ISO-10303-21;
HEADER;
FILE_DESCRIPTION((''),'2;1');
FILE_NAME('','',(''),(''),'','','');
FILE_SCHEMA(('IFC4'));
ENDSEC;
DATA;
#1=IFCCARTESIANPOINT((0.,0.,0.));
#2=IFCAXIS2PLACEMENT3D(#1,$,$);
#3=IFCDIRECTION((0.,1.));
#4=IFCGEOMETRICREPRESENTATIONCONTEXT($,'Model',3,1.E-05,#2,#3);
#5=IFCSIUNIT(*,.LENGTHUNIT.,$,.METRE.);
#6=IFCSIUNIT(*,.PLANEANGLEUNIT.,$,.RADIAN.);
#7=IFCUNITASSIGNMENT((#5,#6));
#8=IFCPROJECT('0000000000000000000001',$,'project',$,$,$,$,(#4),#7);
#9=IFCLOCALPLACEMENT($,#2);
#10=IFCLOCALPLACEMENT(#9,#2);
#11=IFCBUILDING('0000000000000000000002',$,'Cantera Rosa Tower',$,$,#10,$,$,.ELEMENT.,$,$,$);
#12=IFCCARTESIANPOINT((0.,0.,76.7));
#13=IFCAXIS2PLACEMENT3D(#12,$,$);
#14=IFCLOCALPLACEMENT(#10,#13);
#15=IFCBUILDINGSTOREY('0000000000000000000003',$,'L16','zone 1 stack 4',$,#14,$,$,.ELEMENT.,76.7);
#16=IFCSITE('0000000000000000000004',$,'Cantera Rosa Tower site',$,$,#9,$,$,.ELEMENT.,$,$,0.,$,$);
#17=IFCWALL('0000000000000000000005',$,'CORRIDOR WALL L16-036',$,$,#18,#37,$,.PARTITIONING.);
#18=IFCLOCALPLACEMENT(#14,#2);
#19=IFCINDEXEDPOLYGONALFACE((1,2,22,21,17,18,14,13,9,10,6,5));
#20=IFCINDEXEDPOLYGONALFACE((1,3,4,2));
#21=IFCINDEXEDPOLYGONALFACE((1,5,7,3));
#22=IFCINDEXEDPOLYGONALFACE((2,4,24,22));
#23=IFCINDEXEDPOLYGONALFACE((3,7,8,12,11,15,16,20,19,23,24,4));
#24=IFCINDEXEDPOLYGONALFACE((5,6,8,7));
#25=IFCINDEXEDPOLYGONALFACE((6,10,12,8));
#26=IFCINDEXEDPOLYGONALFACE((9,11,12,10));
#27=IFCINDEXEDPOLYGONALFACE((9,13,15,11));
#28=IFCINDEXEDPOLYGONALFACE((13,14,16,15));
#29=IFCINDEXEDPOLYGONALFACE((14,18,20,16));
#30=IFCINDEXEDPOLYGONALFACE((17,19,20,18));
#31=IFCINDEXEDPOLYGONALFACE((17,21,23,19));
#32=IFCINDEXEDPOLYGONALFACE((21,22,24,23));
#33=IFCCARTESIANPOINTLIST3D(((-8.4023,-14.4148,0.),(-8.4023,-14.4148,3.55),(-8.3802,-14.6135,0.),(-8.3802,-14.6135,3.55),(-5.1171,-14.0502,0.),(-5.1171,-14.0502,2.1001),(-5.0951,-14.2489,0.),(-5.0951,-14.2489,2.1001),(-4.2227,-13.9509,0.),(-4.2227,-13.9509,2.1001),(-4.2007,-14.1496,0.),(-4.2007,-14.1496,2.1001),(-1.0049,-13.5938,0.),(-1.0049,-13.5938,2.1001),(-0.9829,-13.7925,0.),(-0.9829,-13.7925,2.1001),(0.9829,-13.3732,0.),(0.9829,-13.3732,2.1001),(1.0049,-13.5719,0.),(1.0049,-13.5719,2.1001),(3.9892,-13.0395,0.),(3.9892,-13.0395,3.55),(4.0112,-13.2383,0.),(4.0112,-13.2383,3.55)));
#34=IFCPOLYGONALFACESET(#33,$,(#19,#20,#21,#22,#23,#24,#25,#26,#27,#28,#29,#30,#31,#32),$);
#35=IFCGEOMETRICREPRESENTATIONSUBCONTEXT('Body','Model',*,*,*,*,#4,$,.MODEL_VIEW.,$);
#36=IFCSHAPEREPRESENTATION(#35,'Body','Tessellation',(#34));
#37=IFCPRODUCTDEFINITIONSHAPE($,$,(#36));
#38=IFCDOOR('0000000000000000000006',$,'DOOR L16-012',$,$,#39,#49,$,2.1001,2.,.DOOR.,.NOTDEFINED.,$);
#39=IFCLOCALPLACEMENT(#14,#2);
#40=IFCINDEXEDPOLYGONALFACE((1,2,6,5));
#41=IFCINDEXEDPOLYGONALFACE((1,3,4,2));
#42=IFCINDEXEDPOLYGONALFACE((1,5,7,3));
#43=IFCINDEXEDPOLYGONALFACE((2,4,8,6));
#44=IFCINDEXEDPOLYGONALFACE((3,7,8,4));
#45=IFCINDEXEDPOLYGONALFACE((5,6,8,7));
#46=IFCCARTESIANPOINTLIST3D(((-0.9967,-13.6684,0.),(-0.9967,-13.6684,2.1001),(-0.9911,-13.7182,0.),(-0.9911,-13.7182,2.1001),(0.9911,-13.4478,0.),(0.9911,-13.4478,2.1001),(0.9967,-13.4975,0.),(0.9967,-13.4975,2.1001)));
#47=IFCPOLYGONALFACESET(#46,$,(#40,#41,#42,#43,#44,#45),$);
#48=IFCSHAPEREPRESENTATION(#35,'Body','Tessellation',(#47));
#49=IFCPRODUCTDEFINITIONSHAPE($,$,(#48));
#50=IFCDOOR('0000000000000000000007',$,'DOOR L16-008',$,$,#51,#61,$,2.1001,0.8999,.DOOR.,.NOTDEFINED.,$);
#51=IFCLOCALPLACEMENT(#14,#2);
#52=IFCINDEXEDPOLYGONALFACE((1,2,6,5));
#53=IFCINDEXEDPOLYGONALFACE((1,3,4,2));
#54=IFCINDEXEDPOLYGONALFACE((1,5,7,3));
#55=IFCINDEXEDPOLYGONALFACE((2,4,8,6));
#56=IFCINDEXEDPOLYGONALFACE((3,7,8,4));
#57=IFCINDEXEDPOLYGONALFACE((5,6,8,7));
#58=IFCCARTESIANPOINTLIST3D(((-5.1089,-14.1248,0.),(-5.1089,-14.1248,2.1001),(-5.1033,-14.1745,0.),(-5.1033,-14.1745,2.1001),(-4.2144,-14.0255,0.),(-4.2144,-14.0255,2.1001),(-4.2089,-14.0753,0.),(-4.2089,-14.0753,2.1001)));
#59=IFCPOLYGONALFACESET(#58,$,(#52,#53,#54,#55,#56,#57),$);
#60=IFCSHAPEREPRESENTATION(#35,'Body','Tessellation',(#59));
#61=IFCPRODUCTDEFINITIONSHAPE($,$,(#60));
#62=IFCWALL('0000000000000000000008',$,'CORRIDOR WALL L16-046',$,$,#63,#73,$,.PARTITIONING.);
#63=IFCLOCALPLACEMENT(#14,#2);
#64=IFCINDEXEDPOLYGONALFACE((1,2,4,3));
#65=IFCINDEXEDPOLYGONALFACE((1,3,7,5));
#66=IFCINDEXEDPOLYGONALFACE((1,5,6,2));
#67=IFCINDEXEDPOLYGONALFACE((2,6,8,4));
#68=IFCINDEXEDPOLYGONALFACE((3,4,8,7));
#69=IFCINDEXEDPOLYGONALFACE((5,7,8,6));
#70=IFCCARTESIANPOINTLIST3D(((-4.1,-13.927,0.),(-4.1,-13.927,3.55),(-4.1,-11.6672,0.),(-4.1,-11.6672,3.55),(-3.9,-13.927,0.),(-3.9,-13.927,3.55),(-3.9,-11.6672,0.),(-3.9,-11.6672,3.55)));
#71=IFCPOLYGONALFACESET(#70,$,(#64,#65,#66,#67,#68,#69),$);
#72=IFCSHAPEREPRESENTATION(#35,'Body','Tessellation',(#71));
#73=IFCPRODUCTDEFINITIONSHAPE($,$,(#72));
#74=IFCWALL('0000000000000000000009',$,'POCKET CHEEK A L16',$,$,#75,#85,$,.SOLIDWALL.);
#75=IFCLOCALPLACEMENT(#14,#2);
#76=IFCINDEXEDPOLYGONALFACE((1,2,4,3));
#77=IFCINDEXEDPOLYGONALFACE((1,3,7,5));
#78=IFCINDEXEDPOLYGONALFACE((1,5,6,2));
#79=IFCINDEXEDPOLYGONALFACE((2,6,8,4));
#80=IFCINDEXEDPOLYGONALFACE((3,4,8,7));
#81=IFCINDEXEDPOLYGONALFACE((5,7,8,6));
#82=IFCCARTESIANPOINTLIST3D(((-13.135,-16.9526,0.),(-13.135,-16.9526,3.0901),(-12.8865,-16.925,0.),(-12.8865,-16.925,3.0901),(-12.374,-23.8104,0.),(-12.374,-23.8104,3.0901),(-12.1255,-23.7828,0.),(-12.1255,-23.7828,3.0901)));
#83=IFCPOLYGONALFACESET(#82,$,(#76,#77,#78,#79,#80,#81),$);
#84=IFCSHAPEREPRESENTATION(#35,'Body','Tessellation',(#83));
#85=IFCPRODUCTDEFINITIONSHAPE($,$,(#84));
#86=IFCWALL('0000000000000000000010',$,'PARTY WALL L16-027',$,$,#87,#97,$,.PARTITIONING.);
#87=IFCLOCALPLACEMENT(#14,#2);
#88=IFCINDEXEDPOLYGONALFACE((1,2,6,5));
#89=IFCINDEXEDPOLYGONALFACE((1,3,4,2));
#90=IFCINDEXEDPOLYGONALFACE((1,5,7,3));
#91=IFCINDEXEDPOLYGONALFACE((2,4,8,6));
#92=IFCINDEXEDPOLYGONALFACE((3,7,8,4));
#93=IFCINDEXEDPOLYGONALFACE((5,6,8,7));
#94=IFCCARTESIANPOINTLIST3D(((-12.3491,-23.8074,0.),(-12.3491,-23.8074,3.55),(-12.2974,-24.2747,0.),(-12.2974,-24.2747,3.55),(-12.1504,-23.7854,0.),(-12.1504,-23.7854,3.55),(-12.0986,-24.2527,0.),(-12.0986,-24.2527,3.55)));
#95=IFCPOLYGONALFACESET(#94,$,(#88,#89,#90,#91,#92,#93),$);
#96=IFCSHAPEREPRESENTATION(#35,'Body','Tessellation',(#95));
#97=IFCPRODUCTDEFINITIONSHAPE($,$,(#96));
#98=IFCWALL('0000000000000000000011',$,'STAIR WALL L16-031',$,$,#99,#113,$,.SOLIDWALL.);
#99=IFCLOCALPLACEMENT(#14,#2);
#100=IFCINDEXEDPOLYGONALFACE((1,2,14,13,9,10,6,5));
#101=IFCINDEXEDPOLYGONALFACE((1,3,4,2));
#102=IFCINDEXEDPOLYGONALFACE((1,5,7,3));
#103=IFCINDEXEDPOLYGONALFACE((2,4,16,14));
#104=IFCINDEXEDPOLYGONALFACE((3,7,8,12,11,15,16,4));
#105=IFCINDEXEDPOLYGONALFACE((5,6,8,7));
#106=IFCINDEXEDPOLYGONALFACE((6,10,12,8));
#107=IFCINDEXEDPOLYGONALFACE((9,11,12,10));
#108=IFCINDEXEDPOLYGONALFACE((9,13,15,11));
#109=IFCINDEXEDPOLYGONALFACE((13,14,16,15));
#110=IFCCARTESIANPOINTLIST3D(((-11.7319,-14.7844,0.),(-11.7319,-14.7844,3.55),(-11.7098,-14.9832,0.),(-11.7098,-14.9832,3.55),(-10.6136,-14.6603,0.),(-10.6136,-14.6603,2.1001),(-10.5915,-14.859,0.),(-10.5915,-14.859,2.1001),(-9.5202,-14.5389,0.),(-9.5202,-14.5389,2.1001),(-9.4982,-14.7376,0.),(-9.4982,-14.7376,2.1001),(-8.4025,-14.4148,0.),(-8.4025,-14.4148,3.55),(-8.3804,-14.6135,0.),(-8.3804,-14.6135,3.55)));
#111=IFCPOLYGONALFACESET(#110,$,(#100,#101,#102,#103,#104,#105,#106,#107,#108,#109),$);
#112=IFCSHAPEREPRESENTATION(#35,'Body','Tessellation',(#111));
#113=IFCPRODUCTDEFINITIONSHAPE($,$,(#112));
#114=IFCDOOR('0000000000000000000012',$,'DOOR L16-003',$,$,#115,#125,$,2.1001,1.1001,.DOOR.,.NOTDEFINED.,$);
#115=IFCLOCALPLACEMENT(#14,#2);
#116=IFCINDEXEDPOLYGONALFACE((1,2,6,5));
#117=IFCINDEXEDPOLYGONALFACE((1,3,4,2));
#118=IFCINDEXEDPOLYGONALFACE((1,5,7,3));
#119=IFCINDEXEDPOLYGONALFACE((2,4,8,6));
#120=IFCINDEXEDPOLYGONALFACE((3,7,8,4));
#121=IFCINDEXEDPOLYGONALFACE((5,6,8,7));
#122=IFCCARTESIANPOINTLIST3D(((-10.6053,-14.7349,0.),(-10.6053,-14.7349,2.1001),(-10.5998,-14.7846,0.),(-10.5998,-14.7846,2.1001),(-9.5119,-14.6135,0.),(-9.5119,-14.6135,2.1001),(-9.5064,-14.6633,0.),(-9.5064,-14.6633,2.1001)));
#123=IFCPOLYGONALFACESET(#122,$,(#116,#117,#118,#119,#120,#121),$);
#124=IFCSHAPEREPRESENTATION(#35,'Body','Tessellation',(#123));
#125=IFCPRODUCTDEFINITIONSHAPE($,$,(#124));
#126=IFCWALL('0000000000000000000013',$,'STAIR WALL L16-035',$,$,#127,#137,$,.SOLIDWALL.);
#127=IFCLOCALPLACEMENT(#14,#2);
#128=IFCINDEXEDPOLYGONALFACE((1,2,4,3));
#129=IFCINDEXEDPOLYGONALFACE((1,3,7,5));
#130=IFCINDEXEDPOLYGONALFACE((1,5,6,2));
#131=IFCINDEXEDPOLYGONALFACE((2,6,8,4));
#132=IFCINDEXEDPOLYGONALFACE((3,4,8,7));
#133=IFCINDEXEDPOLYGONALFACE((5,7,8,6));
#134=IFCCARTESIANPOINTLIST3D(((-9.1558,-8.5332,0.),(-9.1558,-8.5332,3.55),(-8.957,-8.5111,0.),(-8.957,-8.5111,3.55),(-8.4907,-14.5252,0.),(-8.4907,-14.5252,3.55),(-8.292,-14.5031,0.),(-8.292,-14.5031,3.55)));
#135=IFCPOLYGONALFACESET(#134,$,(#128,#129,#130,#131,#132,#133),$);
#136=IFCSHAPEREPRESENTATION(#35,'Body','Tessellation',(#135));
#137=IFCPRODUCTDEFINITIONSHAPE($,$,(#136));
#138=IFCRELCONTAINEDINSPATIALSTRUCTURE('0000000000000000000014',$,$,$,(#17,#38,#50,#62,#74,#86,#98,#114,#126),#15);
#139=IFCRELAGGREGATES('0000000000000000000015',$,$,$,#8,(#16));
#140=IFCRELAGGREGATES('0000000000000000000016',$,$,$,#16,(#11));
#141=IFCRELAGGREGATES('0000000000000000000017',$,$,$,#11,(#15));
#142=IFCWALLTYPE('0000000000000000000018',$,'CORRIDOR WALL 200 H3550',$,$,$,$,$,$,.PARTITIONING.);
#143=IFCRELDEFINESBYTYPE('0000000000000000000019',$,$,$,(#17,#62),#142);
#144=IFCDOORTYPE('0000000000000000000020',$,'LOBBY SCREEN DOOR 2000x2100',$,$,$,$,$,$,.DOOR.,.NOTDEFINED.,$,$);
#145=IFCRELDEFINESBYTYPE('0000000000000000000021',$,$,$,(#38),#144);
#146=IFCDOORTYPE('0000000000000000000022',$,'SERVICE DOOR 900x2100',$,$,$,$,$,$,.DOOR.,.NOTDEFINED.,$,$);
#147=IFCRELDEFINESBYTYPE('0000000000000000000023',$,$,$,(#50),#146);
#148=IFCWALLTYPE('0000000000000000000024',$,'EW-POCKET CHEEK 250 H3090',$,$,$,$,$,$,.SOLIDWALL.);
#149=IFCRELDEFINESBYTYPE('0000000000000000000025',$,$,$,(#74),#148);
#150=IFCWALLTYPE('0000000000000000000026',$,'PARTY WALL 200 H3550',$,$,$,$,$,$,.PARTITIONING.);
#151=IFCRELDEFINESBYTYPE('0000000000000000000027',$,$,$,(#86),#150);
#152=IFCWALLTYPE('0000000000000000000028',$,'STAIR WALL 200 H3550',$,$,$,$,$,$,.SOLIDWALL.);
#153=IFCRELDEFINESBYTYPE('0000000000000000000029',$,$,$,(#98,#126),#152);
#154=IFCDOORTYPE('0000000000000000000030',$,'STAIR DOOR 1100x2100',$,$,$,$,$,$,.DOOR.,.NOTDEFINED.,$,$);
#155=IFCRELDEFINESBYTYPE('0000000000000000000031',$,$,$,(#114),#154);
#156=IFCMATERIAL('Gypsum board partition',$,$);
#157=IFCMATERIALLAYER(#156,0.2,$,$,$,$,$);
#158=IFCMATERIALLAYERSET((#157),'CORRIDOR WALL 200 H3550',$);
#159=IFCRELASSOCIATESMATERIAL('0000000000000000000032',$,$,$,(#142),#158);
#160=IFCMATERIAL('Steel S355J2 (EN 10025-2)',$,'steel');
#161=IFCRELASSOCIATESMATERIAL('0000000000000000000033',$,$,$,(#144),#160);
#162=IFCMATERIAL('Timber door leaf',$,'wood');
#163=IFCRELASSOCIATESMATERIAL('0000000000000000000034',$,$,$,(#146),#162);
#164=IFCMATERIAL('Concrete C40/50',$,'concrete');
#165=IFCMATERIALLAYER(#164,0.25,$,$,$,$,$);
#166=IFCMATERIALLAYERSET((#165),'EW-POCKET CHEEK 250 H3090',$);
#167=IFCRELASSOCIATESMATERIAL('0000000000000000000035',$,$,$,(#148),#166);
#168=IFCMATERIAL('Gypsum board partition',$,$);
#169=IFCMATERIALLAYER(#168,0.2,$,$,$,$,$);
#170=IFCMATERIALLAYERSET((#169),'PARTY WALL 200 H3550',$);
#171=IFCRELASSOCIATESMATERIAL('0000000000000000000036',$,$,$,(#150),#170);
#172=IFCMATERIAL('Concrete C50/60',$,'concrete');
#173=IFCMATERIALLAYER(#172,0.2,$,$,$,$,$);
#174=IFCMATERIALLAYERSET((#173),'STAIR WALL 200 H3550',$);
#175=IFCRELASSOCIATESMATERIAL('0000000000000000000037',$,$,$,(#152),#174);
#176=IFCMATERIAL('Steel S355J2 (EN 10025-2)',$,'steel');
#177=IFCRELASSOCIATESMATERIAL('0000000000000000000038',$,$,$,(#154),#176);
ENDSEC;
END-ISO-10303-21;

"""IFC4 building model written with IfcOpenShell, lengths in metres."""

from ifc_helpers import new_model, si_unit, direction, frame, frame_2d, origin, place, context, subcontext, project, spatial, rectangle, extrude, material, layer, layer_set, type_object, element, fill, save


model = new_model("IFC4")

# Units and contexts
model_context = context("Model", 3, precision=1e-05, world=origin(), true_north=direction((0.0, 1.0)))
body_context = subcontext(model_context, "Body", "Model", "MODEL_VIEW")
ifc_project = project(units=[si_unit("LENGTHUNIT", "METRE"), si_unit("PLANEANGLEUNIT", "RADIAN")], contexts=[model_context])

# Site, building, storey
site_placement = place(None, origin())
site = spatial("IfcSite", under=ifc_project, at=site_placement, Name="Cantera Rosa Tower site", CompositionType="ELEMENT", RefElevation=0.0)
building_placement = place(site_placement, origin())
building = spatial("IfcBuilding", under=site, at=building_placement, Name="Cantera Rosa Tower", CompositionType="ELEMENT")
storey_placement = place(building_placement, frame((0.0, 0.0, 76.7)))
storey = spatial("IfcBuildingStorey", under=building, at=storey_placement, Name="L16", Description="zone 1 stack 4", CompositionType="ELEMENT", Elevation=76.7)

# Wall, openings, doors
ifc_material_1 = material(Name="Gypsum board partition")
ifc_layer_1 = layer(ifc_material_1, 0.2)
ifc_layer_set_1 = layer_set([ifc_layer_1], Name="CORRIDOR WALL 200 H3550")
wall_type_1 = type_object("IfcWallType", Name="CORRIDOR WALL 200 H3550", PredefinedType="PARTITIONING", material=ifc_layer_set_1)
wall_1_placement = place(storey_placement, frame((-8.3914, -14.5142, 0.0), z_axis=(0.0, 0.0, 1.0), x_axis=(0.993898, 0.110307, 0.0)))
wall_1 = element("IfcWall", 1, at=wall_1_placement, inside=storey, type_object=wall_type_1, Name="CORRIDOR WALL L16-036", PredefinedType="PARTITIONING", context=body_context, shape_type="SweptSolid", body=[
    extrude(rectangle(XDim=12.4675, YDim=0.2, at=frame_2d((6.2339, 0.0))), origin(), (0.0, 0.0, 1.0), 3.55),
])
opening_1_placement = place(wall_1_placement, frame((3.3054, 0.0, 0.0)))
opening_1 = element("IfcOpeningElement", 2, at=opening_1_placement, cuts=wall_1, PredefinedType="OPENING", context=body_context, shape_type="SweptSolid", body=[
    extrude(rectangle(XDim=0.8999, YDim=2.1001, at=frame_2d((0.45, 1.05))), frame((0.0, 0.1099, 0.0), z_axis=(0.0, -1.0, 0.0), x_axis=(1.0, 0.0, 0.0)), (0.0, 0.0, 1.0), 0.22),
])
opening_2_placement = place(wall_1_placement, frame((7.4429, 0.0, 0.0)))
opening_2 = element("IfcOpeningElement", 3, at=opening_2_placement, cuts=wall_1, PredefinedType="OPENING", context=body_context, shape_type="SweptSolid", body=[
    extrude(rectangle(XDim=2.0, YDim=2.1001, at=frame_2d((1.0, 1.05))), frame((0.0, 0.1099, 0.0), z_axis=(0.0, -1.0, 0.0), x_axis=(1.0, 0.0, 0.0)), (0.0, 0.0, 1.0), 0.22),
])
ifc_material_2 = material(Name="Steel S355J2 (EN 10025-2)", Category="steel")
door_type_1 = type_object("IfcDoorType", Name="LOBBY SCREEN DOOR 2000x2100", OperationType="NOTDEFINED", PredefinedType="DOOR", material=ifc_material_2)
door_1_placement = place(opening_2_placement, origin())
door_1 = element("IfcDoor", 4, at=door_1_placement, inside=storey, type_object=door_type_1, Name="DOOR L16-012", OperationType="NOTDEFINED", OverallHeight=2.1001, OverallWidth=2.0, PredefinedType="DOOR", context=body_context, shape_type="SweptSolid", body=[
    extrude(rectangle(XDim=2.0, YDim=2.1001, at=frame_2d((1.0, 1.05))), frame((0.0, 0.0249, 0.0), z_axis=(0.0, -1.0, 0.0), x_axis=(1.0, 0.0, 0.0)), (0.0, 0.0, 1.0), 0.05),
])
fill(opening_2, door_1)
ifc_material_3 = material(Name="Timber door leaf", Category="wood")
door_type_2 = type_object("IfcDoorType", Name="SERVICE DOOR 900x2100", OperationType="NOTDEFINED", PredefinedType="DOOR", material=ifc_material_3)
door_2_placement = place(opening_1_placement, origin())
door_2 = element("IfcDoor", 5, at=door_2_placement, inside=storey, type_object=door_type_2, Name="DOOR L16-008", OperationType="NOTDEFINED", OverallHeight=2.1001, OverallWidth=0.8999, PredefinedType="DOOR", context=body_context, shape_type="SweptSolid", body=[
    extrude(rectangle(XDim=0.8999, YDim=2.1001, at=frame_2d((0.45, 1.05))), frame((0.0, 0.0249, 0.0), z_axis=(0.0, -1.0, 0.0), x_axis=(1.0, 0.0, 0.0)), (0.0, 0.0, 1.0), 0.05),
])
fill(opening_1, door_2)

# Walls
wall_2_placement = place(storey_placement, frame((-4.0, -11.6672, 0.0), z_axis=(0.0, 0.0, 1.0), x_axis=(0.0, -1.0, 0.0)))
element("IfcWall", 6, at=wall_2_placement, inside=storey, type_object=wall_type_1, Name="CORRIDOR WALL L16-046", PredefinedType="PARTITIONING", context=body_context, shape_type="SweptSolid", body=[
    extrude(rectangle(XDim=2.2598, YDim=0.2, at=frame_2d((1.1299, 0.0))), origin(), (0.0, 0.0, 1.0), 3.55),
])
ifc_material_4 = material(Name="Concrete C40/50", Category="concrete")
ifc_layer_2 = layer(ifc_material_4, 0.25)
ifc_layer_set_2 = layer_set([ifc_layer_2], Name="EW-POCKET CHEEK 250 H3090")
wall_type_2 = type_object("IfcWallType", Name="EW-POCKET CHEEK 250 H3090", PredefinedType="SOLIDWALL", material=ifc_layer_set_2)
wall_3_placement = place(storey_placement, frame((-12.2498, -23.7966, 0.0), z_axis=(0.0, 0.0, 1.0), x_axis=(-0.110288, 0.9939, 0.0)))
element("IfcWall", 7, at=wall_3_placement, inside=storey, type_object=wall_type_2, Name="POCKET CHEEK A L16", PredefinedType="SOLIDWALL", context=body_context, shape_type="SweptSolid", body=[
    extrude(rectangle(XDim=6.8999, YDim=0.25, at=frame_2d((3.45, 0.0))), origin(), (0.0, 0.0, 1.0), 3.0901),
])
ifc_material_5 = material(Name="Gypsum board partition")
ifc_layer_3 = layer(ifc_material_5, 0.2)
ifc_layer_set_3 = layer_set([ifc_layer_3], Name="PARTY WALL 200 H3550")
wall_type_3 = type_object("IfcWallType", Name="PARTY WALL 200 H3550", PredefinedType="PARTITIONING", material=ifc_layer_set_3)
wall_4_placement = place(storey_placement, frame((-12.2498, -23.7964, 0.0), z_axis=(0.0, 0.0, 1.0), x_axis=(0.11009, -0.993922, 0.0)))
element("IfcWall", 8, at=wall_4_placement, inside=storey, type_object=wall_type_3, Name="PARTY WALL L16-027", PredefinedType="PARTITIONING", context=body_context, shape_type="SweptSolid", body=[
    extrude(rectangle(XDim=0.4702, YDim=0.2, at=frame_2d((0.2351, 0.0))), origin(), (0.0, 0.0, 1.0), 3.55),
])

# Wall, opening, door
ifc_material_6 = material(Name="Concrete C50/60", Category="concrete")
ifc_layer_4 = layer(ifc_material_6, 0.2)
ifc_layer_set_4 = layer_set([ifc_layer_4], Name="STAIR WALL 200 H3550")
wall_type_4 = type_object("IfcWallType", Name="STAIR WALL 200 H3550", PredefinedType="SOLIDWALL", material=ifc_layer_set_4)
wall_5_placement = place(storey_placement, frame((-11.7207, -14.8838, 0.0), z_axis=(0.0, 0.0, 1.0), x_axis=(0.993894, 0.110344, 0.0)))
wall_5 = element("IfcWall", 9, at=wall_5_placement, inside=storey, type_object=wall_type_4, Name="STAIR WALL L16-031", PredefinedType="SOLIDWALL", context=body_context, shape_type="SweptSolid", body=[
    extrude(rectangle(XDim=3.3499, YDim=0.2, at=frame_2d((1.6748, 0.0))), origin(), (0.0, 0.0, 1.0), 3.55),
])
opening_3_placement = place(wall_5_placement, frame((1.125, 0.0, 0.0)))
opening_3 = element("IfcOpeningElement", 10, at=opening_3_placement, cuts=wall_5, PredefinedType="OPENING", context=body_context, shape_type="SweptSolid", body=[
    extrude(rectangle(XDim=1.1001, YDim=2.1001, at=frame_2d((0.55, 1.05))), frame((0.0, 0.1099, 0.0), z_axis=(0.0, -1.0, 0.0), x_axis=(1.0, 0.0, 0.0)), (0.0, 0.0, 1.0), 0.22),
])
ifc_material_7 = material(Name="Steel S355J2 (EN 10025-2)", Category="steel")
door_type_3 = type_object("IfcDoorType", Name="STAIR DOOR 1100x2100", OperationType="NOTDEFINED", PredefinedType="DOOR", material=ifc_material_7)
door_3_placement = place(opening_3_placement, origin())
door_3 = element("IfcDoor", 11, at=door_3_placement, inside=storey, type_object=door_type_3, Name="DOOR L16-003", OperationType="NOTDEFINED", OverallHeight=2.1001, OverallWidth=1.1001, PredefinedType="DOOR", context=body_context, shape_type="SweptSolid", body=[
    extrude(rectangle(XDim=1.1001, YDim=2.1001, at=frame_2d((0.55, 1.05))), frame((0.0, 0.0249, 0.0), z_axis=(0.0, -1.0, 0.0), x_axis=(1.0, 0.0, 0.0)), (0.0, 0.0, 1.0), 0.05),
])
fill(opening_3, door_3)

# Wall
wall_6_placement = place(storey_placement, frame((-8.3914, -14.5142, 0.0), z_axis=(0.0, 0.0, 1.0), x_axis=(-0.110312, 0.993897, 0.0)))
element("IfcWall", 12, at=wall_6_placement, inside=storey, type_object=wall_type_4, Name="STAIR WALL L16-035", PredefinedType="SOLIDWALL", context=body_context, shape_type="SweptSolid", body=[
    extrude(rectangle(XDim=6.0288, YDim=0.2, at=frame_2d((3.0144, 0.0))), origin(), (0.0, 0.0, 1.0), 3.55),
])

save(model, "model.ifc")
